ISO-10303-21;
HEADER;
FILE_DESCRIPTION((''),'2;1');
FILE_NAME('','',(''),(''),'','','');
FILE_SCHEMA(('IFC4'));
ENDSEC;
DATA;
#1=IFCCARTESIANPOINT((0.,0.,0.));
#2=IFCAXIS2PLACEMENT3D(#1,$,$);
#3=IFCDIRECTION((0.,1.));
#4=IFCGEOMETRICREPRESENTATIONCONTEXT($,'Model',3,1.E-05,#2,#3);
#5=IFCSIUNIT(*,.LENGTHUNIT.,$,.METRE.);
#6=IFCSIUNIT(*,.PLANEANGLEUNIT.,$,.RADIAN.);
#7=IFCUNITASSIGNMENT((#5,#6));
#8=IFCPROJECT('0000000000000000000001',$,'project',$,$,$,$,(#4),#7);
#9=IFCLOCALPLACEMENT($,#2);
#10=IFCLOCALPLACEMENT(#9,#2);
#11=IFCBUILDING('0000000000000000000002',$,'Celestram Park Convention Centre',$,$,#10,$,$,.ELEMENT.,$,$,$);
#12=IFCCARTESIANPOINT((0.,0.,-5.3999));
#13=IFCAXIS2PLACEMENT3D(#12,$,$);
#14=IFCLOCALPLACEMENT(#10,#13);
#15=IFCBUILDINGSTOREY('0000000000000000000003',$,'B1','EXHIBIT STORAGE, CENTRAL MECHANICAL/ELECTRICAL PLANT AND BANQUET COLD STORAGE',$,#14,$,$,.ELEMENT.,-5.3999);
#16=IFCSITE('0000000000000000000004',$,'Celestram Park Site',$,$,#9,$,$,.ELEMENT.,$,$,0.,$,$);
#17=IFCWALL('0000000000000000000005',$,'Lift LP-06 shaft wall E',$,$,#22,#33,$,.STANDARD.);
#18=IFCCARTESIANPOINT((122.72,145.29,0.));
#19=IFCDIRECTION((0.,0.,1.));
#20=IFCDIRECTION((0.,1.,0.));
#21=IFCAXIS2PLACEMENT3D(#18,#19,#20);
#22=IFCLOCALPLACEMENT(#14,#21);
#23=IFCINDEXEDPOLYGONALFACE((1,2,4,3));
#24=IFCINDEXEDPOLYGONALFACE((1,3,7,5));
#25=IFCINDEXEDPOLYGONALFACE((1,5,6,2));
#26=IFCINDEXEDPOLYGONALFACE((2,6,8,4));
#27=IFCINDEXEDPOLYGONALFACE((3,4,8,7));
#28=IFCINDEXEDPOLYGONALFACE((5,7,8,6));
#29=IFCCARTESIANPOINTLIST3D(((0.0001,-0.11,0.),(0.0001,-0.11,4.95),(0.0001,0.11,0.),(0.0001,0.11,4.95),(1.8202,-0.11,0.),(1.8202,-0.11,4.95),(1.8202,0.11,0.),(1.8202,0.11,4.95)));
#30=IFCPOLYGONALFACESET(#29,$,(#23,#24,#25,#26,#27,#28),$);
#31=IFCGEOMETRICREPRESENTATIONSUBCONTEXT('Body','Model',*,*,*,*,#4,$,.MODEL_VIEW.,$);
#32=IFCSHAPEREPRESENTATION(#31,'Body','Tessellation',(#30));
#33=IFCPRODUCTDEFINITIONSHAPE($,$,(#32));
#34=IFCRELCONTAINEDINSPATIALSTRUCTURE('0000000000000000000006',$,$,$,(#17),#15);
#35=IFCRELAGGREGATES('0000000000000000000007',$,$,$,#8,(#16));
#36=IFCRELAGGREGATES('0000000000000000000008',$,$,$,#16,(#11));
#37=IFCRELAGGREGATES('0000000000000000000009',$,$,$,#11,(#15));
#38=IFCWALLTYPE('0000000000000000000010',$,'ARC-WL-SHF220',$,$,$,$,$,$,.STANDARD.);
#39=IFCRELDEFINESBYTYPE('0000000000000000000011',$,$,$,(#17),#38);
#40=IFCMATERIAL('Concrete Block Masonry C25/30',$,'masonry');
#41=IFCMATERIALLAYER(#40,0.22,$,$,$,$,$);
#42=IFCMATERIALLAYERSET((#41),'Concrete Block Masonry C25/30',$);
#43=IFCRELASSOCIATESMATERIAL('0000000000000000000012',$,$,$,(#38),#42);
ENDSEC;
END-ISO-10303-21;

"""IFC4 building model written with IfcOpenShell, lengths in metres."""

from ifc_helpers import new_model, si_unit, direction, frame, frame_2d, origin, place, context, subcontext, project, spatial, rectangle, extrude, material, layer, layer_set, type_object, element, save


model = new_model("IFC4")

# Units and contexts
model_context = context("Model", 3, precision=1e-05, world=origin(), true_north=direction((0.0, 1.0)))
body_context = subcontext(model_context, "Body", "Model", "MODEL_VIEW")
ifc_project = project(units=[si_unit("LENGTHUNIT", "METRE"), si_unit("PLANEANGLEUNIT", "RADIAN")], contexts=[model_context])

# Site, building, storey
site_placement = place(None, origin())
site = spatial("IfcSite", under=ifc_project, at=site_placement, Name="Celestram Park Site", CompositionType="ELEMENT", RefElevation=0.0)
building_placement = place(site_placement, origin())
building = spatial("IfcBuilding", under=site, at=building_placement, Name="Celestram Park Convention Centre", CompositionType="ELEMENT")
storey_placement = place(building_placement, frame((0.0, 0.0, -5.3999)))
storey = spatial("IfcBuildingStorey", under=building, at=storey_placement, Name="B1", Description="EXHIBIT STORAGE, CENTRAL MECHANICAL/ELECTRICAL PLANT AND BANQUET COLD STORAGE", CompositionType="ELEMENT", Elevation=-5.3999)

# Shared definitions
ifc_material_1 = material(Name="Concrete Block Masonry C25/30", Category="masonry")
ifc_layer = layer(ifc_material_1, 0.22)
ifc_layer_set = layer_set([ifc_layer], Name="Concrete Block Masonry C25/30")
wall_type = type_object("IfcWallType", Name="ARC-WL-SHF220", PredefinedType="STANDARD", material=ifc_layer_set)

# Wall
for number, where, z_axis, x_axis, name in (
    (1, (122.72, 145.29, 0.0), (0.0, 0.0, 1.0), (0.0, 1.0, 0.0), "Lift LP-06 shaft wall E"),
):
    element("IfcWall", number, at=place(storey_placement, frame(where, z_axis=z_axis, x_axis=x_axis)), inside=storey, type_object=wall_type, Name=name, PredefinedType="STANDARD", context=body_context, shape_type="SweptSolid", body=[
        extrude(rectangle(XDim=1.8201, YDim=0.22, at=frame_2d((0.9102, 0.0))), origin(), (0.0, 0.0, 1.0), 4.95),
    ])

save(model, "model.ifc")
